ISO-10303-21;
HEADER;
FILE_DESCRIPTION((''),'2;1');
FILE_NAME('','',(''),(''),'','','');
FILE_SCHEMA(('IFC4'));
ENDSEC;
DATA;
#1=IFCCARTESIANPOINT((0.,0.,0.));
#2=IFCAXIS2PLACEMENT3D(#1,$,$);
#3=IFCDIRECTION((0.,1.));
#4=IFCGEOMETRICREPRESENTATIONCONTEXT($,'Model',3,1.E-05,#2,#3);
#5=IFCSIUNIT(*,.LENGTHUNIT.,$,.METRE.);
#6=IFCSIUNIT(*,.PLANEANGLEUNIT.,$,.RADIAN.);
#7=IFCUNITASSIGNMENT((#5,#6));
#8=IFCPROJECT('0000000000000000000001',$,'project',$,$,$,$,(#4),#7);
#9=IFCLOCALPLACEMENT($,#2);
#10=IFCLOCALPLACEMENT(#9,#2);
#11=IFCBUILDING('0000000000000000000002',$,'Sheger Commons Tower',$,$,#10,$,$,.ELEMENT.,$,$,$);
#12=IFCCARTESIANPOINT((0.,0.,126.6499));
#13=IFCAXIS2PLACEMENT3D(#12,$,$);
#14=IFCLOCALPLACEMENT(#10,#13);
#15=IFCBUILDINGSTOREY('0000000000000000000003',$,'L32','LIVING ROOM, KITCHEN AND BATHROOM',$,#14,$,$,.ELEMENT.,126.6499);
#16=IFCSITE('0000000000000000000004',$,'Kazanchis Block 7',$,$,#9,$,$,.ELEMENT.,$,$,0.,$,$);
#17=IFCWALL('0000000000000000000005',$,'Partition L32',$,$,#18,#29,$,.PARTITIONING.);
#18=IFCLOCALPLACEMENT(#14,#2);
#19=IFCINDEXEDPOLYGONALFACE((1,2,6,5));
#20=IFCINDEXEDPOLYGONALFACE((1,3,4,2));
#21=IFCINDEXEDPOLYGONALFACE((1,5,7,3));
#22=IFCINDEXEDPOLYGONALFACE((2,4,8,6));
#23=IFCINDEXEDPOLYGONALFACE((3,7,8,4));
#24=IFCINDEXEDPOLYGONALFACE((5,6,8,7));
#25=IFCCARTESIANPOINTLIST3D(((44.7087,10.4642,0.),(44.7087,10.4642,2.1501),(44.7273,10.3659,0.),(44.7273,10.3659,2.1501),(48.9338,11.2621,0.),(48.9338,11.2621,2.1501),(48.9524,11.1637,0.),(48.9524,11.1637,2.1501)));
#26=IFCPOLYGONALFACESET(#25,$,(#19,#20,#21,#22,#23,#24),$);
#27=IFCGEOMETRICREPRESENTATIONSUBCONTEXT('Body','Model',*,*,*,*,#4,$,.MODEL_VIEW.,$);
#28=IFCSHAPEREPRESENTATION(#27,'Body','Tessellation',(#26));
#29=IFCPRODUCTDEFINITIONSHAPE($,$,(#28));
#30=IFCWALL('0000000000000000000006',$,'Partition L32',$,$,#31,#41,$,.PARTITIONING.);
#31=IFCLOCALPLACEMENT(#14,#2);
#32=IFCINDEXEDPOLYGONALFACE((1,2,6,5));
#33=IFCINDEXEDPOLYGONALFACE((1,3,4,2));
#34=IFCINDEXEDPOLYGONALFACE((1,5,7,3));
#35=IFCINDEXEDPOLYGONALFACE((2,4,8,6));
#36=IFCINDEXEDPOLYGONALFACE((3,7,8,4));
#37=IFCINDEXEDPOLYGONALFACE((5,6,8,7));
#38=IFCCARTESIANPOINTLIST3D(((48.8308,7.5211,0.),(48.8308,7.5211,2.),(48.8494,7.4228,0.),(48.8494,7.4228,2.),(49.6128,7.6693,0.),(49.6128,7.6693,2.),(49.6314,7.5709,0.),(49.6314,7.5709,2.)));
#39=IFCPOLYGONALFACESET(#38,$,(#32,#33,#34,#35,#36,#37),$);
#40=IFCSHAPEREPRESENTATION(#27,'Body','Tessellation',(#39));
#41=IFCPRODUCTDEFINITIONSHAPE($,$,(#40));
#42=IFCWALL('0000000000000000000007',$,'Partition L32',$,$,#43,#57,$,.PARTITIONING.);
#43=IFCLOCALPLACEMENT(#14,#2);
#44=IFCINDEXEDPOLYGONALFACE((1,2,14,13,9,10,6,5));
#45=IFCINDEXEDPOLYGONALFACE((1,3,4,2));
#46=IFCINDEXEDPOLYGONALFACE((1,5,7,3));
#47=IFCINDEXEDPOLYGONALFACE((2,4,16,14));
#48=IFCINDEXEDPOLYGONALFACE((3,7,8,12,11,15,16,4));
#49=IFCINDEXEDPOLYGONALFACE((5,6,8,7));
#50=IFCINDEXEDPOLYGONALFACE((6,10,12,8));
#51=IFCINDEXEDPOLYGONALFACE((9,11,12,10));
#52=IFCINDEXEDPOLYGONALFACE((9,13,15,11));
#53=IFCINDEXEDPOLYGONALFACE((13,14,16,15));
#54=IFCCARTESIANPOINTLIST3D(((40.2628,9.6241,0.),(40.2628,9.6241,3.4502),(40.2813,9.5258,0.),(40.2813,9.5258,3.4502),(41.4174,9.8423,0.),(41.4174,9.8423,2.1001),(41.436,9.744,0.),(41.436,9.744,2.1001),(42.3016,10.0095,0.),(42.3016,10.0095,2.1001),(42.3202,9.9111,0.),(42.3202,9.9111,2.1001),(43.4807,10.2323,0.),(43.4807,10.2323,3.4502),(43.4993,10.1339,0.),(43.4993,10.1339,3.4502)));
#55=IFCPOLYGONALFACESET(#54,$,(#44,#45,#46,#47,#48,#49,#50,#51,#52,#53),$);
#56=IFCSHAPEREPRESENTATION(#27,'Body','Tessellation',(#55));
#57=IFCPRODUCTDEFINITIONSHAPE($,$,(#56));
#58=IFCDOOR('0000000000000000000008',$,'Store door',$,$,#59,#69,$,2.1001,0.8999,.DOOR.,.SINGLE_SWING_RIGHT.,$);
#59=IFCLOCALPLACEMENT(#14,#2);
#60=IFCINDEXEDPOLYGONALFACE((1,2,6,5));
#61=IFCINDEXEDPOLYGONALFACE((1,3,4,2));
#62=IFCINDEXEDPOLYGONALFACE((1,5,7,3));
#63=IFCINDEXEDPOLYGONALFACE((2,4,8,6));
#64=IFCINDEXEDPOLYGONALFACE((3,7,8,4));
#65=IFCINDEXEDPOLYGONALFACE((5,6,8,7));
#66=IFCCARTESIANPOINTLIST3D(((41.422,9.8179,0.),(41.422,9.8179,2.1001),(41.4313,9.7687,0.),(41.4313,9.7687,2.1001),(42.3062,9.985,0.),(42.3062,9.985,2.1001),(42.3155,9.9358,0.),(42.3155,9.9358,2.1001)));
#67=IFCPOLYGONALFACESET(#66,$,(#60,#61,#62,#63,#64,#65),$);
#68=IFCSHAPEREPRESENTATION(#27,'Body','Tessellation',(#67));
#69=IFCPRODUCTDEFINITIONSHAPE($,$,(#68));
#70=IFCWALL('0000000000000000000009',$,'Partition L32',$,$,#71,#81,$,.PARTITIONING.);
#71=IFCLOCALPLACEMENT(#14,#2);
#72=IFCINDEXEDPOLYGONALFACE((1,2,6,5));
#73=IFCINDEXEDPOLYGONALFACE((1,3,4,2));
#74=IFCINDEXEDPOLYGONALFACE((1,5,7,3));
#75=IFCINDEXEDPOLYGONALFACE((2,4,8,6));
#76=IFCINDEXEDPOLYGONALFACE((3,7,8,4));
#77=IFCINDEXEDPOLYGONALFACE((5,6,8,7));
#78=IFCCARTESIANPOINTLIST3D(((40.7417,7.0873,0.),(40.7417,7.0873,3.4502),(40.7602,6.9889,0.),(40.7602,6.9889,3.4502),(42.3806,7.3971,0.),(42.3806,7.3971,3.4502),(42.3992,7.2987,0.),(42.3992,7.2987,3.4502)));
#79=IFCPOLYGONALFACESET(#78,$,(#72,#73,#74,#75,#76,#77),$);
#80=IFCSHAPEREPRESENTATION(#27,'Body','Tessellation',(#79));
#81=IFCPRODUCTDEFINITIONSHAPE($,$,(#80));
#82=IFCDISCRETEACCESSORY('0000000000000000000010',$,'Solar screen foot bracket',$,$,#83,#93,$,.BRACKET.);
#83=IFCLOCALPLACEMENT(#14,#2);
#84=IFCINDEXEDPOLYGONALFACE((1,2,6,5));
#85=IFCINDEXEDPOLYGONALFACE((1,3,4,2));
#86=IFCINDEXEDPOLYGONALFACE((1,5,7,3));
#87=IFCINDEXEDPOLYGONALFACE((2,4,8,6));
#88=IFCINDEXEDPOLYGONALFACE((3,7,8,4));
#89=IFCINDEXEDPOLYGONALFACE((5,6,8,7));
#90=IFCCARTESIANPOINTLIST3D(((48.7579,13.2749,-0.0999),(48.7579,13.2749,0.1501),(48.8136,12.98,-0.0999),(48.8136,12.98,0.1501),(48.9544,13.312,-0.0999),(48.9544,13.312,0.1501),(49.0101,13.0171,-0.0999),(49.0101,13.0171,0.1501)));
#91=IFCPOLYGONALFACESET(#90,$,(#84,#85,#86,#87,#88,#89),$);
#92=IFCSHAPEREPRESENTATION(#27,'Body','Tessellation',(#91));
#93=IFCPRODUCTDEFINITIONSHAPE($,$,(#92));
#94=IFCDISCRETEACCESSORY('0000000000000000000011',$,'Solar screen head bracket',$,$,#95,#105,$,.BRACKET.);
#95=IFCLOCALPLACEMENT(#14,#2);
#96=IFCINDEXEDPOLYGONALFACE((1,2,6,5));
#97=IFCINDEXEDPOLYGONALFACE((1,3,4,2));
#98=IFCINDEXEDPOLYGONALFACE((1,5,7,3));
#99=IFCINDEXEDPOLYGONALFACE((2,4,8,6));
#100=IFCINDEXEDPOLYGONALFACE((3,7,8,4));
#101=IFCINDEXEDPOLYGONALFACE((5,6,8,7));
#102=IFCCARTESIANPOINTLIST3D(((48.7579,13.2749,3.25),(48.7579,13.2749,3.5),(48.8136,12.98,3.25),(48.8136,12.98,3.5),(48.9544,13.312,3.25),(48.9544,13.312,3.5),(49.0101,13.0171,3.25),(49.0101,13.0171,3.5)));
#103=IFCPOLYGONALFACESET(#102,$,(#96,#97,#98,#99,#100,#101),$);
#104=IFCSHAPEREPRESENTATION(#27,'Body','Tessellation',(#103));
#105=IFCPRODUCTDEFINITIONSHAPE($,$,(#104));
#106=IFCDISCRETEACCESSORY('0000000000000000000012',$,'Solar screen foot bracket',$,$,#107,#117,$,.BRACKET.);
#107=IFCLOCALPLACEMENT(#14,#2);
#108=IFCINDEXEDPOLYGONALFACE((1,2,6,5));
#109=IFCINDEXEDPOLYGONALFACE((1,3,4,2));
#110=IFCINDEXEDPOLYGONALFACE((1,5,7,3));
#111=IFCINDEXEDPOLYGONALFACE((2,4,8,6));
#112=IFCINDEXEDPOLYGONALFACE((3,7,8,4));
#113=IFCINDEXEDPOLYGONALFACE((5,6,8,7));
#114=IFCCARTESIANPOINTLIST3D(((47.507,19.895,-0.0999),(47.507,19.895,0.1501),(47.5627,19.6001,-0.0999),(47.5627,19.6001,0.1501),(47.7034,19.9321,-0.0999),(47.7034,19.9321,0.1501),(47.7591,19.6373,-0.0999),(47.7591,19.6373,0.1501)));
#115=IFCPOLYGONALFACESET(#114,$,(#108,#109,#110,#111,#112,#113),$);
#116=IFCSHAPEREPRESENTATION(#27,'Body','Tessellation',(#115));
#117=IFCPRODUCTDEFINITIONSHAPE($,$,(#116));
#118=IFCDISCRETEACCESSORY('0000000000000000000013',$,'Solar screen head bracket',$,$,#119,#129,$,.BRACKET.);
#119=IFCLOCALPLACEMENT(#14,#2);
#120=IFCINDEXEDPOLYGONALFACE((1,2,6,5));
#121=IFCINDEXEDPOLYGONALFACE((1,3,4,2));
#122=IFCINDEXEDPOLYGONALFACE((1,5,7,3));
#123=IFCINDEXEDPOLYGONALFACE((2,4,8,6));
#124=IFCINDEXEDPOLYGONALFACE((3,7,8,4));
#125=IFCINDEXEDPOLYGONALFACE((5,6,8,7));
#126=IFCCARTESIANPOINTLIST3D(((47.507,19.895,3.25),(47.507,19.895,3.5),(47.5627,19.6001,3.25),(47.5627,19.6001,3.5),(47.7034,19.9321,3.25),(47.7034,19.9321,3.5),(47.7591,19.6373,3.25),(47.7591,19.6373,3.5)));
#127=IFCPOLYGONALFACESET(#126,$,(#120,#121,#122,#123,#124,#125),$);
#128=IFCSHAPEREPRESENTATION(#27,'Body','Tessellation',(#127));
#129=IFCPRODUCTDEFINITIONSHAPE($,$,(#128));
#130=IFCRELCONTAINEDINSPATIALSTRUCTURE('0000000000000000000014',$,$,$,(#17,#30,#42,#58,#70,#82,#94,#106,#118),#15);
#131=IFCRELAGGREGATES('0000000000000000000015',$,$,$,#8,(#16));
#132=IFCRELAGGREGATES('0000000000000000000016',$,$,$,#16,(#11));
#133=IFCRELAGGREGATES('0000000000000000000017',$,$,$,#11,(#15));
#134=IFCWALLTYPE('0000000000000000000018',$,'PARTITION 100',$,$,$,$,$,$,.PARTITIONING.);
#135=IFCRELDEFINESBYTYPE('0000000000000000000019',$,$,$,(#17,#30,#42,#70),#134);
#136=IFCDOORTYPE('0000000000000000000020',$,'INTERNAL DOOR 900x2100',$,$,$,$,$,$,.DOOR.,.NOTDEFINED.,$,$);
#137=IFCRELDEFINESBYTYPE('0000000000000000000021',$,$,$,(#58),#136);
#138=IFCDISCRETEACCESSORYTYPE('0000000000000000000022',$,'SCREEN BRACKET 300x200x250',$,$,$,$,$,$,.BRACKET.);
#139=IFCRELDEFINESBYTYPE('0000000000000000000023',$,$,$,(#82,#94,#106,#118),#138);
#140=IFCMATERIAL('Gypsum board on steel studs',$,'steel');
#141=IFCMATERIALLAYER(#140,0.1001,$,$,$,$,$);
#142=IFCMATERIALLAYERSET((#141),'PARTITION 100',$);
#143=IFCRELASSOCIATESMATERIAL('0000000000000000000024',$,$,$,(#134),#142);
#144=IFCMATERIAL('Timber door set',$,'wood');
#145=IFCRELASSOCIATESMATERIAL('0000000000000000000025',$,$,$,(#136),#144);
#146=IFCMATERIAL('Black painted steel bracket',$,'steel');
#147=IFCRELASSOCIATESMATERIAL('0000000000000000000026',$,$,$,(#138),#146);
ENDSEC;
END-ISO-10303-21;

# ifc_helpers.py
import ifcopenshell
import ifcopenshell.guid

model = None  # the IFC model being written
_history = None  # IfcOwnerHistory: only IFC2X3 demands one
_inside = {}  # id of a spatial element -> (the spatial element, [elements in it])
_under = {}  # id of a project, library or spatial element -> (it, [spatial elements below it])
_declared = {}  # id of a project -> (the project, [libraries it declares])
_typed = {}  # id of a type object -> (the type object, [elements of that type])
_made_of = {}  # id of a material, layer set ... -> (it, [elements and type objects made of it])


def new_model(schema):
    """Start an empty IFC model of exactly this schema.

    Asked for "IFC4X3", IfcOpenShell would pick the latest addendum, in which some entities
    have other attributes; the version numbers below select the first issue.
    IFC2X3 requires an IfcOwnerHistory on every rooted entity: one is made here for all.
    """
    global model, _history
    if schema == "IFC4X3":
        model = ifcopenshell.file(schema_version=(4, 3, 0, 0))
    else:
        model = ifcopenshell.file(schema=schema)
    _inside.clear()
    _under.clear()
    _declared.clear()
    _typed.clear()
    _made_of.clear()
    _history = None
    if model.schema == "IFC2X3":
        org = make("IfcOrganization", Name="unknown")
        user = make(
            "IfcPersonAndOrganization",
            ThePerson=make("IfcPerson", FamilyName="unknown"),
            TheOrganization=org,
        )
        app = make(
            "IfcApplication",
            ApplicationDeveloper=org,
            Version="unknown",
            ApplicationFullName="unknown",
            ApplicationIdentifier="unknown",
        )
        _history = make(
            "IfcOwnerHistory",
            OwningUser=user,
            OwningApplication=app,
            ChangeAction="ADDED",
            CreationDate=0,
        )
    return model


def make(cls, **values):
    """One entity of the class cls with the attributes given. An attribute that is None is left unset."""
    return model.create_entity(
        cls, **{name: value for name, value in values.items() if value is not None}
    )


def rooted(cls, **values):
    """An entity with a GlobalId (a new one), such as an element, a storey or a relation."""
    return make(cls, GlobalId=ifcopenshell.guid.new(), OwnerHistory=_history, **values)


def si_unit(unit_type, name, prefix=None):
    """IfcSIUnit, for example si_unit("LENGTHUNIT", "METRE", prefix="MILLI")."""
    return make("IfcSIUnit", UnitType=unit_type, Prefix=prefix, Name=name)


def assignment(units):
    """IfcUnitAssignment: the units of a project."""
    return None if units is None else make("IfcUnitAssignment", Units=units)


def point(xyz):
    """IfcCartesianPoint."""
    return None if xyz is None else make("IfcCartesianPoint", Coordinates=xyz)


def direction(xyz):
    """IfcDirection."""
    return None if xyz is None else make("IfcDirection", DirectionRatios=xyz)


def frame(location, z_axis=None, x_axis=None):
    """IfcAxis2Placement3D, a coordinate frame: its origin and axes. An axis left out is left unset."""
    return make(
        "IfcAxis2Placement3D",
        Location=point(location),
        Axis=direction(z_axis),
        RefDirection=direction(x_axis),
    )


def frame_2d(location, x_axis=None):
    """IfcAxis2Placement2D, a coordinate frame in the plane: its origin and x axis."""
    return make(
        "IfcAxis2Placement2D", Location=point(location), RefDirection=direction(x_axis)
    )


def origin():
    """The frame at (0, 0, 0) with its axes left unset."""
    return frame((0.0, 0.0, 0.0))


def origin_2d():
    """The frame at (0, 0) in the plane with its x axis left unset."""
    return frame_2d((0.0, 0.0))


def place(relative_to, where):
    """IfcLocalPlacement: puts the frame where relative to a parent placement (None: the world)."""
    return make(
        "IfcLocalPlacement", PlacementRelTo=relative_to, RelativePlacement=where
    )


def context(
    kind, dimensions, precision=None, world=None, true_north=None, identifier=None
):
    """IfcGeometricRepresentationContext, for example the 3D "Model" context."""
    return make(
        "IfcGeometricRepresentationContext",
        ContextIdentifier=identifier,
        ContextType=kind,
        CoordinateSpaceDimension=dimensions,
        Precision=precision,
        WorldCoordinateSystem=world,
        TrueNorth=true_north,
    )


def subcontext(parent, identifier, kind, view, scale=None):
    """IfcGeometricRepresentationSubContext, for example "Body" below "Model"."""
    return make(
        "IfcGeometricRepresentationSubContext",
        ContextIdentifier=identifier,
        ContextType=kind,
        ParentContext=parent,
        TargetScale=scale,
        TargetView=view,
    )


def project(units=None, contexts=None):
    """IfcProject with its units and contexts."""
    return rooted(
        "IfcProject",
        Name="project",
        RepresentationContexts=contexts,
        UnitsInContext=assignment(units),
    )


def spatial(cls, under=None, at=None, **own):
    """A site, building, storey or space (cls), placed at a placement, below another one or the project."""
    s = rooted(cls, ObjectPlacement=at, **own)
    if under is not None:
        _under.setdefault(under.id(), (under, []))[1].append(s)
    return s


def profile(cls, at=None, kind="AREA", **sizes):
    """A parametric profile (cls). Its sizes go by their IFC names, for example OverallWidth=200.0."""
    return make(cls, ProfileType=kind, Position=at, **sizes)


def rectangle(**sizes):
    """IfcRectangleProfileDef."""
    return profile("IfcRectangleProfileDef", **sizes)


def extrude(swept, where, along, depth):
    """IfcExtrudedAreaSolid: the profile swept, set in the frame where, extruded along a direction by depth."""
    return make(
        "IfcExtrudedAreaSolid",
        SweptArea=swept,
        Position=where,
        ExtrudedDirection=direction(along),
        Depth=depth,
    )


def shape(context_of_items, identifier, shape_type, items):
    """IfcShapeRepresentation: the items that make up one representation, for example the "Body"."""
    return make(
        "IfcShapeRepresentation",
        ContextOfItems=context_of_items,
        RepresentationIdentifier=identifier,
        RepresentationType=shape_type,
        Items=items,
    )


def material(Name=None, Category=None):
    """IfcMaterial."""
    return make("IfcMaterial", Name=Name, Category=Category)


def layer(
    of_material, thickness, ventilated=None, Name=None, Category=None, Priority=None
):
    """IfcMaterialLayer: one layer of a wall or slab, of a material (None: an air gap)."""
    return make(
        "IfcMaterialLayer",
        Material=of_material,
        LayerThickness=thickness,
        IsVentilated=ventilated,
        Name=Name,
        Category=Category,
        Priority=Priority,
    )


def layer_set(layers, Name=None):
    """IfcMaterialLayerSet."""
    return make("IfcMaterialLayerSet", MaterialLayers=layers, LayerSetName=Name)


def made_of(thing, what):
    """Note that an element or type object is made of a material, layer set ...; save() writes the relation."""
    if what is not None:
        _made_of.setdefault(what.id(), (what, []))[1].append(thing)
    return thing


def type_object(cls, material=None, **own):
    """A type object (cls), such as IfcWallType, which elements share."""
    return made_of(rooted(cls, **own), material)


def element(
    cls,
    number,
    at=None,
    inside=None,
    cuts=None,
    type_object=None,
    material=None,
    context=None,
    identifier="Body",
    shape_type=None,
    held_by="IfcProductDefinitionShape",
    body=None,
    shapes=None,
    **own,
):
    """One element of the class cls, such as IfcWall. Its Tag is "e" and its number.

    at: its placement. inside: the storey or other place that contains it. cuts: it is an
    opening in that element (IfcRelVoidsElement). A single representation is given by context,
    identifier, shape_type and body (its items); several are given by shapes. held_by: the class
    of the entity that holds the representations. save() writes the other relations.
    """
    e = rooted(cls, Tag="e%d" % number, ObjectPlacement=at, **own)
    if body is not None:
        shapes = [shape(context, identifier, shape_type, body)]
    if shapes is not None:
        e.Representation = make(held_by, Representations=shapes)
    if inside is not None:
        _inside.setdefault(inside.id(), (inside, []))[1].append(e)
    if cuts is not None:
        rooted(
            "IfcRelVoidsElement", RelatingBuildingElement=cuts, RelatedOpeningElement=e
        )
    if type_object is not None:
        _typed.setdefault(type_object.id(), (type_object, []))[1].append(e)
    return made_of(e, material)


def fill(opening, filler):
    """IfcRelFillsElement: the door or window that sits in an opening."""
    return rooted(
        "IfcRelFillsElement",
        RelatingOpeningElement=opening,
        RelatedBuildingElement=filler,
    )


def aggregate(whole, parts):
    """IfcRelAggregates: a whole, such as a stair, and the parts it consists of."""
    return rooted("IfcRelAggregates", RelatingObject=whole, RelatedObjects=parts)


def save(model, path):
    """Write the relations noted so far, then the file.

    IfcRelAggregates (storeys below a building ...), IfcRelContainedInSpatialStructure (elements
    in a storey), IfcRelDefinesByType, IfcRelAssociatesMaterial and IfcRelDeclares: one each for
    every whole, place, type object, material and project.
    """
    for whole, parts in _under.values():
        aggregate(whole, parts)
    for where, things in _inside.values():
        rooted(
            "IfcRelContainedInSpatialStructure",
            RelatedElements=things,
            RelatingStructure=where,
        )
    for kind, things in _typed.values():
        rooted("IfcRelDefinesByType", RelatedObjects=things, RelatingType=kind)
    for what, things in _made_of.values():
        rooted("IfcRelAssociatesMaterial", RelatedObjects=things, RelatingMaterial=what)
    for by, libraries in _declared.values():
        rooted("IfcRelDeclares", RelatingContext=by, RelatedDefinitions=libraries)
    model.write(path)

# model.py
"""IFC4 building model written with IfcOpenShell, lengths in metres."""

from ifc_helpers import new_model, si_unit, direction, frame, frame_2d, origin, origin_2d, place, context, subcontext, project, spatial, rectangle, extrude, material, layer, layer_set, type_object, element, fill, save


model = new_model("IFC4")

# Units and contexts
model_context = context("Model", 3, precision=1e-05, world=origin(), true_north=direction((0.0, 1.0)))
body_context = subcontext(model_context, "Body", "Model", "MODEL_VIEW")
ifc_project = project(units=[si_unit("LENGTHUNIT", "METRE"), si_unit("PLANEANGLEUNIT", "RADIAN")], contexts=[model_context])

# Site, building, storey
site_placement = place(None, origin())
site = spatial("IfcSite", under=ifc_project, at=site_placement, Name="Kazanchis Block 7", CompositionType="ELEMENT", RefElevation=0.0)
building_placement = place(site_placement, origin())
building = spatial("IfcBuilding", under=site, at=building_placement, Name="Sheger Commons Tower", CompositionType="ELEMENT")
storey_placement = place(building_placement, frame((0.0, 0.0, 126.6499)))
storey = spatial("IfcBuildingStorey", under=building, at=storey_placement, Name="L32", Description="LIVING ROOM, KITCHEN AND BATHROOM", CompositionType="ELEMENT", Elevation=126.6499)

# Shared definitions
ifc_material_1 = material(Name="Gypsum board on steel studs", Category="steel")
ifc_layer_1 = layer(ifc_material_1, 0.1001)
ifc_layer_set_1 = layer_set([ifc_layer_1], Name="PARTITION 100")
wall_type_1 = type_object("IfcWallType", Name="PARTITION 100", PredefinedType="PARTITIONING", material=ifc_layer_set_1)

# Shared definitions
ifc_material_2 = material(Name="Timber door set", Category="wood")
door_type_1 = type_object("IfcDoorType", Name="INTERNAL DOOR 900x2100", OperationType="NOTDEFINED", PredefinedType="DOOR", material=ifc_material_2)

# Walls
wall_1_placement = place(storey_placement, frame((48.9431, 11.2129, 0.0), z_axis=(0.0, 0.0, 1.0), x_axis=(-0.982634, -0.185557, 0.0)))
element("IfcWall", 1, at=wall_1_placement, inside=storey, type_object=wall_type_1, Name="Partition L32", PredefinedType="PARTITIONING", context=body_context, shape_type="SweptSolid", body=[
    extrude(rectangle(XDim=4.2998, YDim=0.1001, at=frame_2d((2.1499, 0.0))), origin(), (0.0, 0.0, 1.0), 2.1501),
])
wall_2_placement = place(storey_placement, frame((49.6221, 7.6201, 0.0), z_axis=(0.0, 0.0, 1.0), x_axis=(-0.982513, -0.186196, 0.0)))
element("IfcWall", 2, at=wall_2_placement, inside=storey, type_object=wall_type_1, Name="Partition L32", PredefinedType="PARTITIONING", context=body_context, shape_type="SweptSolid", body=[
    extrude(rectangle(XDim=0.7959, YDim=0.1001, at=frame_2d((0.3979, 0.0))), origin(), (0.0, 0.0, 1.0), 2.0),
])

# Wall, opening, door
wall_3_placement = place(storey_placement, frame((43.49, 10.1831, 0.0), z_axis=(0.0, 0.0, 1.0), x_axis=(-0.982607, -0.185697, 0.0)))
wall_3 = element("IfcWall", 3, at=wall_3_placement, inside=storey, type_object=wall_type_1, Name="Partition L32", PredefinedType="PARTITIONING", context=body_context, shape_type="SweptSolid", body=[
    extrude(rectangle(XDim=3.2749, YDim=0.1001, at=frame_2d((1.6375, 0.0))), origin(), (0.0, 0.0, 1.0), 3.4502),
])
opening_1_placement = place(wall_3_placement, frame((1.2, 0.0, 0.0)))
opening_1 = element("IfcOpeningElement", 4, at=opening_1_placement, cuts=wall_3, PredefinedType="OPENING", context=body_context, shape_type="SweptSolid", body=[
    extrude(rectangle(XDim=0.8999, YDim=2.1001, at=frame_2d((0.45, 1.05))), frame((0.0, 0.0601, 0.0), z_axis=(0.0, -1.0, 0.0), x_axis=(1.0, 0.0, 0.0)), (0.0, 0.0, 1.0), 0.1201),
])
door_1_placement = place(opening_1_placement, origin())
door_1 = element("IfcDoor", 5, at=door_1_placement, inside=storey, type_object=door_type_1, Name="Store door", OperationType="SINGLE_SWING_RIGHT", OverallHeight=2.1001, OverallWidth=0.8999, PredefinedType="DOOR", context=body_context, shape_type="SweptSolid", body=[
    extrude(rectangle(XDim=0.8999, YDim=2.1001, at=frame_2d((0.45, 1.05))), frame((0.0, 0.0249, 0.0), z_axis=(0.0, -1.0, 0.0), x_axis=(1.0, 0.0, 0.0)), (0.0, 0.0, 1.0), 0.05),
])
fill(opening_1, door_1)

# Wall
wall_4_placement = place(storey_placement, frame((42.3899, 7.3479, 0.0), z_axis=(0.0, 0.0, 1.0), x_axis=(-0.982598, -0.185747, 0.0)))
element("IfcWall", 6, at=wall_4_placement, inside=storey, type_object=wall_type_1, Name="Partition L32", PredefinedType="PARTITIONING", context=body_context, shape_type="SweptSolid", body=[
    extrude(rectangle(XDim=1.668, YDim=0.1001, at=frame_2d((0.834, 0.0))), origin(), (0.0, 0.0, 1.0), 3.4502),
])

# Discrete accessories
ifc_material_3 = material(Name="Black painted steel bracket", Category="steel")
discrete_accessory_type = type_object("IfcDiscreteAccessoryType", Name="SCREEN BRACKET 300x200x250", PredefinedType="BRACKET", material=ifc_material_3)
for number, where, z_axis, x_axis, name in (
    (7, (48.884, 13.146, -0.0999), (0.0, 0.0, 1.0), (-0.185615, 0.982623, 0.0), "Solar screen foot bracket"),
    (8, (48.884, 13.146, 3.25), (0.0, 0.0, 1.0), (-0.185615, 0.982623, 0.0), "Solar screen head bracket"),
    (9, (47.6331, 19.7661, -0.0999), (0.0, 0.0, 1.0), (-0.185615, 0.982623, 0.0), "Solar screen foot bracket"),
    (10, (47.6331, 19.7661, 3.25), (0.0, 0.0, 1.0), (-0.185615, 0.982623, 0.0), "Solar screen head bracket"),
):
    element("IfcDiscreteAccessory", number, at=place(storey_placement, frame(where, z_axis=z_axis, x_axis=x_axis)), inside=storey, type_object=discrete_accessory_type, Name=name, PredefinedType="BRACKET", context=body_context, shape_type="SweptSolid", body=[
        extrude(rectangle(XDim=0.3, YDim=0.2, at=origin_2d()), origin(), (0.0, 0.0, 1.0), 0.25),
    ])

save(model, "model.ifc")
